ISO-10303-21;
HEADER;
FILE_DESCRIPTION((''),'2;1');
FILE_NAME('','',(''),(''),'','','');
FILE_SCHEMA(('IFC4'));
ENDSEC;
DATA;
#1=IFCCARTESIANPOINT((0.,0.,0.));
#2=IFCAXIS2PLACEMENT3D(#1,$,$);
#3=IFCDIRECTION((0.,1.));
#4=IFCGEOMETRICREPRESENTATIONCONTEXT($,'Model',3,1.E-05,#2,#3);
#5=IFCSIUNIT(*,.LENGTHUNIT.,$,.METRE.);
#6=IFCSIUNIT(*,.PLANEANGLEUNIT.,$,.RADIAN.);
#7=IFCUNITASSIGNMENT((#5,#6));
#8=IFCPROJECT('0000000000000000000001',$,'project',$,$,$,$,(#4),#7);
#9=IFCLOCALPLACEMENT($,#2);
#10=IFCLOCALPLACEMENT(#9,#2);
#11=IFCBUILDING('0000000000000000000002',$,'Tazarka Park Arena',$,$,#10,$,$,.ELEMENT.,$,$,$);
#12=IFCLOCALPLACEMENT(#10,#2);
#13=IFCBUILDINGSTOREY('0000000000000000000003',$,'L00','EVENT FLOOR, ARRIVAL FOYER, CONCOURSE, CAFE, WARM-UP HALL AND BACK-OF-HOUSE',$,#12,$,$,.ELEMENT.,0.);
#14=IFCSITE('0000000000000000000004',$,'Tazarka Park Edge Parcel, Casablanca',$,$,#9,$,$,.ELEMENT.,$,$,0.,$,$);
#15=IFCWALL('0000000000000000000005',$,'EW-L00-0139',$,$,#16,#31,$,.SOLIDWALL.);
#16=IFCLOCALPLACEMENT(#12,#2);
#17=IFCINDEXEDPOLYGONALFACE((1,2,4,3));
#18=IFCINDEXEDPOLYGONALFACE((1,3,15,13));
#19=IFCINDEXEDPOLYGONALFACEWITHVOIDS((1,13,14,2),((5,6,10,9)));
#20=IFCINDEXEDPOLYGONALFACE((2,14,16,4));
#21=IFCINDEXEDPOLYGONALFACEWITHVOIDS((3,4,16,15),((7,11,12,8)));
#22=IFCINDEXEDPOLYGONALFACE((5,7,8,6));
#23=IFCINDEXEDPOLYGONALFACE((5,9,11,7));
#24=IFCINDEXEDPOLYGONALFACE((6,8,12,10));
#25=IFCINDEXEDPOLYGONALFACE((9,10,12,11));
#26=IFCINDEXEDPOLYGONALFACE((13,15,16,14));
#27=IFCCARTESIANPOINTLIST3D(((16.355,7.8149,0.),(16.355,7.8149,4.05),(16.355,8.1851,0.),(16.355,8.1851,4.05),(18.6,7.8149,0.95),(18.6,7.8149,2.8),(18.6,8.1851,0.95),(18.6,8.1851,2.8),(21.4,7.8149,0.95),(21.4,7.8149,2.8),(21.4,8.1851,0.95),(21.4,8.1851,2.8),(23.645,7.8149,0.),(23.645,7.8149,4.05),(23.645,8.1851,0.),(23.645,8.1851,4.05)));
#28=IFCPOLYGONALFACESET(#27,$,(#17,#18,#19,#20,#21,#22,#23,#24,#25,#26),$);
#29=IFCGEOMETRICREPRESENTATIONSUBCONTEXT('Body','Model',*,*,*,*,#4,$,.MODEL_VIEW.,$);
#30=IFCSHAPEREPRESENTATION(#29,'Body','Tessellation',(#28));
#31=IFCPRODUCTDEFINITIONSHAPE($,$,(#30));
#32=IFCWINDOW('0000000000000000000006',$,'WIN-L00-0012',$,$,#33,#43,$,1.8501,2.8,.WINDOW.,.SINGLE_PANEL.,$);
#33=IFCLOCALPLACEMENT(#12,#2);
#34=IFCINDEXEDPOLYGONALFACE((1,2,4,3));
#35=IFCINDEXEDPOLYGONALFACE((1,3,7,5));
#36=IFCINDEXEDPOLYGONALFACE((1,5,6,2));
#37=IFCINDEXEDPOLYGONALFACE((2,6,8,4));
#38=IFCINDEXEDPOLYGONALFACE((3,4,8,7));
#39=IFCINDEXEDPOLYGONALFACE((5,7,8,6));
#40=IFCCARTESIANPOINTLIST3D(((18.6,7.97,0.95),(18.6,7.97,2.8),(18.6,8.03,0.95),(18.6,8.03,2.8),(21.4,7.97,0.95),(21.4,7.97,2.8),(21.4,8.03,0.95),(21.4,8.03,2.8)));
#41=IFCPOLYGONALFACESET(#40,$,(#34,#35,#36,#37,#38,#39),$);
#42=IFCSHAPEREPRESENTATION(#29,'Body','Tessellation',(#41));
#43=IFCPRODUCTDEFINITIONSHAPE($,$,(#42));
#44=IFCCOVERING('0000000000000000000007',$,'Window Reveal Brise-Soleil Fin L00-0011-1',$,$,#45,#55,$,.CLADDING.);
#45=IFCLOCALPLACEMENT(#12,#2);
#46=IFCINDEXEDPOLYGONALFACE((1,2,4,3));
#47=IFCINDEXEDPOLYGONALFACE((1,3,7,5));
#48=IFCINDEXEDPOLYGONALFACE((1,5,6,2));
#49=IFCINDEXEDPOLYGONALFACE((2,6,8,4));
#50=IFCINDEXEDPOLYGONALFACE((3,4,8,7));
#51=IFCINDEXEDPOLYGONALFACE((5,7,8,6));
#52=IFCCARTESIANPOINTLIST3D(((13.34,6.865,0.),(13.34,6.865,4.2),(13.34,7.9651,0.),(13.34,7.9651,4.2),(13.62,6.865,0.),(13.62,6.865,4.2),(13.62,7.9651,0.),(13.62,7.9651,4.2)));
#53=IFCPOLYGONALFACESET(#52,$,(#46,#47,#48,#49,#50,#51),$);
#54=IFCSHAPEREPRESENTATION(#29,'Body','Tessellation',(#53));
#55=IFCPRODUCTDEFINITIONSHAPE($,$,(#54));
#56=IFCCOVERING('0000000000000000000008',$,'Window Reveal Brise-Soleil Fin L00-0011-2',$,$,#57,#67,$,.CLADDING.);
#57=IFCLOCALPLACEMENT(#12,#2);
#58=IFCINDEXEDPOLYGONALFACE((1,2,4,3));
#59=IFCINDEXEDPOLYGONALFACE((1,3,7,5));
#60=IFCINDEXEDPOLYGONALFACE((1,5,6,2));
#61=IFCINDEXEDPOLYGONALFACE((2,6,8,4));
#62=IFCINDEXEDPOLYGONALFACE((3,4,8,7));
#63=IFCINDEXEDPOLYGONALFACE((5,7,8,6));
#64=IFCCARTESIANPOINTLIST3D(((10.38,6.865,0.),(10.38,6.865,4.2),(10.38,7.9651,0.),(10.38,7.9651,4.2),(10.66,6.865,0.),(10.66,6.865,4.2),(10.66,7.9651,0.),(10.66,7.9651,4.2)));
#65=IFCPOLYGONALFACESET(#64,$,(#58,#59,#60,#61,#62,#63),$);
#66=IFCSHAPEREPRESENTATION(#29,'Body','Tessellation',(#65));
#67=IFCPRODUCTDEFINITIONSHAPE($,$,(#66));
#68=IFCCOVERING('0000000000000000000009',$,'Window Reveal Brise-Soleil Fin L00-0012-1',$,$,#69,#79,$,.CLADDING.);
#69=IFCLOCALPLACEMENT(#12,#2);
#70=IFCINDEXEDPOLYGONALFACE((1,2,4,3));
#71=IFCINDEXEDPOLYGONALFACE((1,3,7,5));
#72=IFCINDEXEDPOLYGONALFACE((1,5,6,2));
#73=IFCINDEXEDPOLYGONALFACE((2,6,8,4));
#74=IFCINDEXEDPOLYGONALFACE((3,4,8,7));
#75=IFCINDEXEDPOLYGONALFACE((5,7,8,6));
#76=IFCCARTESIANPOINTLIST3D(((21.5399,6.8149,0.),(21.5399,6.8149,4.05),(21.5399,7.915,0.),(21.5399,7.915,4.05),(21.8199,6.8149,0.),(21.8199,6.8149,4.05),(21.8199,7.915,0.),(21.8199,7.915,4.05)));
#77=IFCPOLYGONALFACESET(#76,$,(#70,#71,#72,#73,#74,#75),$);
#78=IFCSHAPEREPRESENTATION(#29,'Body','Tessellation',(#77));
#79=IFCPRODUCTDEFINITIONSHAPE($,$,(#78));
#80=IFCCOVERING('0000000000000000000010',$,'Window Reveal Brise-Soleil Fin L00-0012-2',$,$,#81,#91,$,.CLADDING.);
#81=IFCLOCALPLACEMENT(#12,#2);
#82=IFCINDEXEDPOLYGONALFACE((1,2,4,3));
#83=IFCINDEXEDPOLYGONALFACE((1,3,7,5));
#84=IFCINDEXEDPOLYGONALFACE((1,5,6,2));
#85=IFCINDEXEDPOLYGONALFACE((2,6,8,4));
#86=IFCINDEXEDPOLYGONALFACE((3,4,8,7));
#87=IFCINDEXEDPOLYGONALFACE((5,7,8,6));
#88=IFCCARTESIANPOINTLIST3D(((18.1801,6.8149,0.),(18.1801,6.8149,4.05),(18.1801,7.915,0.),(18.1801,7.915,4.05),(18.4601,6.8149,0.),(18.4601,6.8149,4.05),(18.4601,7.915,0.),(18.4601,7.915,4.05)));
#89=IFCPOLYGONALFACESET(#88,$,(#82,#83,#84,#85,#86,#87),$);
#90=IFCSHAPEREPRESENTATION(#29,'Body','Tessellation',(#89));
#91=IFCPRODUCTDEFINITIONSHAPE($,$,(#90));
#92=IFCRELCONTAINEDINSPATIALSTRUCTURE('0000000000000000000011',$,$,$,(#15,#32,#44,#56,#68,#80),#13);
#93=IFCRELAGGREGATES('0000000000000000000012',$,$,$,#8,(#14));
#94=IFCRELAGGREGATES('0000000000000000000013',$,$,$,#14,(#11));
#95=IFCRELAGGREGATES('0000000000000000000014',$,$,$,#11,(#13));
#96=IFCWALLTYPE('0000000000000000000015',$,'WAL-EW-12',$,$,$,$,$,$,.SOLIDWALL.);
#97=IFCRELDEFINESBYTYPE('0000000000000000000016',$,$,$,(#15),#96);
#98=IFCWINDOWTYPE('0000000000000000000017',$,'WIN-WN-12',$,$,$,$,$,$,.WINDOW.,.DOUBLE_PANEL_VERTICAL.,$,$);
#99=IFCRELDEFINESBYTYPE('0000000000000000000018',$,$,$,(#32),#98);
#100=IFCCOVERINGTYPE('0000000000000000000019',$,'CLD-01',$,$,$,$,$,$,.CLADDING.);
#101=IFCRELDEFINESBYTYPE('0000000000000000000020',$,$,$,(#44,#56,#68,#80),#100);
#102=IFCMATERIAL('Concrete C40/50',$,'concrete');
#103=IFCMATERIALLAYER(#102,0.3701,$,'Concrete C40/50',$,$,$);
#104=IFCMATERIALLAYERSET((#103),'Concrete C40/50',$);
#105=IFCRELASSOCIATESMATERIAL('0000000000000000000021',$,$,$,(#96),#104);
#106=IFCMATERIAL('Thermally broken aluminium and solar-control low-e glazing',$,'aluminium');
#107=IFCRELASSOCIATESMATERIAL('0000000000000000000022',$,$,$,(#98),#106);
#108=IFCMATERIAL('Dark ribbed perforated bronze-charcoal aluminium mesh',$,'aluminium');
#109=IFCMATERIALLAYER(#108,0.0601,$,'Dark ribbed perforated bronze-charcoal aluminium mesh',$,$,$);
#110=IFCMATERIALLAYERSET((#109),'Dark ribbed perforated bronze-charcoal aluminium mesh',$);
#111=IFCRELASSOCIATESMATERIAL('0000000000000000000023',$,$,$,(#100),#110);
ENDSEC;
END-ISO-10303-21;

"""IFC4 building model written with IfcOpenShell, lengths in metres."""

from ifc_helpers import new_model, si_unit, direction, frame, frame_2d, origin, origin_2d, place, context, subcontext, project, spatial, rectangle, extrude, material, layer, layer_set, type_object, element, fill, save


model = new_model("IFC4")

# Units and contexts
model_context = context("Model", 3, precision=1e-05, world=origin(), true_north=direction((0.0, 1.0)))
body_context = subcontext(model_context, "Body", "Model", "MODEL_VIEW")
ifc_project = project(units=[si_unit("LENGTHUNIT", "METRE"), si_unit("PLANEANGLEUNIT", "RADIAN")], contexts=[model_context])

# Site, building, storey
site_placement = place(None, origin())
site = spatial("IfcSite", under=ifc_project, at=site_placement, Name="Tazarka Park Edge Parcel, Casablanca", CompositionType="ELEMENT", RefElevation=0.0)
building_placement = place(site_placement, origin())
building = spatial("IfcBuilding", under=site, at=building_placement, Name="Tazarka Park Arena", CompositionType="ELEMENT")
storey_placement = place(building_placement, origin())
storey = spatial("IfcBuildingStorey", under=building, at=storey_placement, Name="L00", Description="EVENT FLOOR, ARRIVAL FOYER, CONCOURSE, CAFE, WARM-UP HALL AND BACK-OF-HOUSE", CompositionType="ELEMENT", Elevation=0.0)

# Wall, opening, window
ifc_material_1 = material(Name="Concrete C40/50", Category="concrete")
ifc_layer_1 = layer(ifc_material_1, 0.3701, Name="Concrete C40/50")
ifc_layer_set_1 = layer_set([ifc_layer_1], Name="Concrete C40/50")
wall_type_1 = type_object("IfcWallType", Name="WAL-EW-12", PredefinedType="SOLIDWALL", material=ifc_layer_set_1)
wall_1_placement = place(storey_placement, frame((23.645, 8.0, 0.0), z_axis=(0.0, 0.0, 1.0), x_axis=(-1.0, 0.0, 0.0)))
wall_1 = element("IfcWall", 1, at=wall_1_placement, inside=storey, type_object=wall_type_1, Name="EW-L00-0139", PredefinedType="SOLIDWALL", context=body_context, shape_type="SweptSolid", body=[
    extrude(rectangle(XDim=7.29, YDim=0.3701, at=frame_2d((3.645, 0.0))), origin(), (0.0, 0.0, 1.0), 4.05),
])
opening_1_placement = place(wall_1_placement, frame((2.2451, 0.0, 0.95)))
opening_1 = element("IfcOpeningElement", 2, at=opening_1_placement, cuts=wall_1, PredefinedType="OPENING", context=body_context, shape_type="SweptSolid", body=[
    extrude(rectangle(XDim=2.8, YDim=1.8501, at=frame_2d((1.3999, 0.925))), frame((0.0, 0.1951, 0.0), z_axis=(0.0, -1.0, 0.0), x_axis=(1.0, 0.0, 0.0)), (0.0, 0.0, 1.0), 0.3901),
])
ifc_material_2 = material(Name="Thermally broken aluminium and solar-control low-e glazing", Category="aluminium")
window_type_1 = type_object("IfcWindowType", Name="WIN-WN-12", PartitioningType="DOUBLE_PANEL_VERTICAL", PredefinedType="WINDOW", material=ifc_material_2)
window_1_placement = place(opening_1_placement, origin())
window_1 = element("IfcWindow", 3, at=window_1_placement, inside=storey, type_object=window_type_1, Name="WIN-L00-0012", OverallHeight=1.8501, OverallWidth=2.8, PartitioningType="SINGLE_PANEL", PredefinedType="WINDOW", context=body_context, shape_type="SweptSolid", body=[
    extrude(rectangle(XDim=2.8, YDim=1.8501, at=frame_2d((1.3999, 0.925))), frame((0.0, 0.03, 0.0), z_axis=(0.0, -1.0, 0.0), x_axis=(1.0, 0.0, 0.0)), (0.0, 0.0, 1.0), 0.0601),
])
fill(opening_1, window_1)

# Coverings
ifc_material_3 = material(Name="Dark ribbed perforated bronze-charcoal aluminium mesh", Category="aluminium")
ifc_layer_2 = layer(ifc_material_3, 0.0601, Name="Dark ribbed perforated bronze-charcoal aluminium mesh")
ifc_layer_set_2 = layer_set([ifc_layer_2], Name="Dark ribbed perforated bronze-charcoal aluminium mesh")
covering_type = type_object("IfcCoveringType", Name="CLD-01", PredefinedType="CLADDING", material=ifc_layer_set_2)
for number, where, z_axis, x_axis, name in (
    (4, (13.48, 7.415, 0.0), (0.0, 0.0, 1.0), (-1.0, 0.0, 0.0), "Window Reveal Brise-Soleil Fin L00-0011-1"),
    (5, (10.52, 7.415, 0.0), (0.0, 0.0, 1.0), (-1.0, 0.0, 0.0), "Window Reveal Brise-Soleil Fin L00-0011-2"),
):
    element("IfcCovering", number, at=place(storey_placement, frame(where, z_axis=z_axis, x_axis=x_axis)), inside=storey, type_object=covering_type, Name=name, PredefinedType="CLADDING", context=body_context, shape_type="SweptSolid", body=[
        extrude(rectangle(XDim=0.28, YDim=1.1001, at=origin_2d()), origin(), (0.0, 0.0, 1.0), 4.2),
    ])
for number, where, z_axis, x_axis, name in (
    (6, (21.6799, 7.365, 0.0), (0.0, 0.0, 1.0), (-1.0, 0.0, 0.0), "Window Reveal Brise-Soleil Fin L00-0012-1"),
    (7, (18.3201, 7.365, 0.0), (0.0, 0.0, 1.0), (-1.0, 0.0, 0.0), "Window Reveal Brise-Soleil Fin L00-0012-2"),
):
    element("IfcCovering", number, at=place(storey_placement, frame(where, z_axis=z_axis, x_axis=x_axis)), inside=storey, type_object=covering_type, Name=name, PredefinedType="CLADDING", context=body_context, shape_type="SweptSolid", body=[
        extrude(rectangle(XDim=0.28, YDim=1.1001, at=origin_2d()), origin(), (0.0, 0.0, 1.0), 4.05),
    ])

save(model, "model.ifc")
